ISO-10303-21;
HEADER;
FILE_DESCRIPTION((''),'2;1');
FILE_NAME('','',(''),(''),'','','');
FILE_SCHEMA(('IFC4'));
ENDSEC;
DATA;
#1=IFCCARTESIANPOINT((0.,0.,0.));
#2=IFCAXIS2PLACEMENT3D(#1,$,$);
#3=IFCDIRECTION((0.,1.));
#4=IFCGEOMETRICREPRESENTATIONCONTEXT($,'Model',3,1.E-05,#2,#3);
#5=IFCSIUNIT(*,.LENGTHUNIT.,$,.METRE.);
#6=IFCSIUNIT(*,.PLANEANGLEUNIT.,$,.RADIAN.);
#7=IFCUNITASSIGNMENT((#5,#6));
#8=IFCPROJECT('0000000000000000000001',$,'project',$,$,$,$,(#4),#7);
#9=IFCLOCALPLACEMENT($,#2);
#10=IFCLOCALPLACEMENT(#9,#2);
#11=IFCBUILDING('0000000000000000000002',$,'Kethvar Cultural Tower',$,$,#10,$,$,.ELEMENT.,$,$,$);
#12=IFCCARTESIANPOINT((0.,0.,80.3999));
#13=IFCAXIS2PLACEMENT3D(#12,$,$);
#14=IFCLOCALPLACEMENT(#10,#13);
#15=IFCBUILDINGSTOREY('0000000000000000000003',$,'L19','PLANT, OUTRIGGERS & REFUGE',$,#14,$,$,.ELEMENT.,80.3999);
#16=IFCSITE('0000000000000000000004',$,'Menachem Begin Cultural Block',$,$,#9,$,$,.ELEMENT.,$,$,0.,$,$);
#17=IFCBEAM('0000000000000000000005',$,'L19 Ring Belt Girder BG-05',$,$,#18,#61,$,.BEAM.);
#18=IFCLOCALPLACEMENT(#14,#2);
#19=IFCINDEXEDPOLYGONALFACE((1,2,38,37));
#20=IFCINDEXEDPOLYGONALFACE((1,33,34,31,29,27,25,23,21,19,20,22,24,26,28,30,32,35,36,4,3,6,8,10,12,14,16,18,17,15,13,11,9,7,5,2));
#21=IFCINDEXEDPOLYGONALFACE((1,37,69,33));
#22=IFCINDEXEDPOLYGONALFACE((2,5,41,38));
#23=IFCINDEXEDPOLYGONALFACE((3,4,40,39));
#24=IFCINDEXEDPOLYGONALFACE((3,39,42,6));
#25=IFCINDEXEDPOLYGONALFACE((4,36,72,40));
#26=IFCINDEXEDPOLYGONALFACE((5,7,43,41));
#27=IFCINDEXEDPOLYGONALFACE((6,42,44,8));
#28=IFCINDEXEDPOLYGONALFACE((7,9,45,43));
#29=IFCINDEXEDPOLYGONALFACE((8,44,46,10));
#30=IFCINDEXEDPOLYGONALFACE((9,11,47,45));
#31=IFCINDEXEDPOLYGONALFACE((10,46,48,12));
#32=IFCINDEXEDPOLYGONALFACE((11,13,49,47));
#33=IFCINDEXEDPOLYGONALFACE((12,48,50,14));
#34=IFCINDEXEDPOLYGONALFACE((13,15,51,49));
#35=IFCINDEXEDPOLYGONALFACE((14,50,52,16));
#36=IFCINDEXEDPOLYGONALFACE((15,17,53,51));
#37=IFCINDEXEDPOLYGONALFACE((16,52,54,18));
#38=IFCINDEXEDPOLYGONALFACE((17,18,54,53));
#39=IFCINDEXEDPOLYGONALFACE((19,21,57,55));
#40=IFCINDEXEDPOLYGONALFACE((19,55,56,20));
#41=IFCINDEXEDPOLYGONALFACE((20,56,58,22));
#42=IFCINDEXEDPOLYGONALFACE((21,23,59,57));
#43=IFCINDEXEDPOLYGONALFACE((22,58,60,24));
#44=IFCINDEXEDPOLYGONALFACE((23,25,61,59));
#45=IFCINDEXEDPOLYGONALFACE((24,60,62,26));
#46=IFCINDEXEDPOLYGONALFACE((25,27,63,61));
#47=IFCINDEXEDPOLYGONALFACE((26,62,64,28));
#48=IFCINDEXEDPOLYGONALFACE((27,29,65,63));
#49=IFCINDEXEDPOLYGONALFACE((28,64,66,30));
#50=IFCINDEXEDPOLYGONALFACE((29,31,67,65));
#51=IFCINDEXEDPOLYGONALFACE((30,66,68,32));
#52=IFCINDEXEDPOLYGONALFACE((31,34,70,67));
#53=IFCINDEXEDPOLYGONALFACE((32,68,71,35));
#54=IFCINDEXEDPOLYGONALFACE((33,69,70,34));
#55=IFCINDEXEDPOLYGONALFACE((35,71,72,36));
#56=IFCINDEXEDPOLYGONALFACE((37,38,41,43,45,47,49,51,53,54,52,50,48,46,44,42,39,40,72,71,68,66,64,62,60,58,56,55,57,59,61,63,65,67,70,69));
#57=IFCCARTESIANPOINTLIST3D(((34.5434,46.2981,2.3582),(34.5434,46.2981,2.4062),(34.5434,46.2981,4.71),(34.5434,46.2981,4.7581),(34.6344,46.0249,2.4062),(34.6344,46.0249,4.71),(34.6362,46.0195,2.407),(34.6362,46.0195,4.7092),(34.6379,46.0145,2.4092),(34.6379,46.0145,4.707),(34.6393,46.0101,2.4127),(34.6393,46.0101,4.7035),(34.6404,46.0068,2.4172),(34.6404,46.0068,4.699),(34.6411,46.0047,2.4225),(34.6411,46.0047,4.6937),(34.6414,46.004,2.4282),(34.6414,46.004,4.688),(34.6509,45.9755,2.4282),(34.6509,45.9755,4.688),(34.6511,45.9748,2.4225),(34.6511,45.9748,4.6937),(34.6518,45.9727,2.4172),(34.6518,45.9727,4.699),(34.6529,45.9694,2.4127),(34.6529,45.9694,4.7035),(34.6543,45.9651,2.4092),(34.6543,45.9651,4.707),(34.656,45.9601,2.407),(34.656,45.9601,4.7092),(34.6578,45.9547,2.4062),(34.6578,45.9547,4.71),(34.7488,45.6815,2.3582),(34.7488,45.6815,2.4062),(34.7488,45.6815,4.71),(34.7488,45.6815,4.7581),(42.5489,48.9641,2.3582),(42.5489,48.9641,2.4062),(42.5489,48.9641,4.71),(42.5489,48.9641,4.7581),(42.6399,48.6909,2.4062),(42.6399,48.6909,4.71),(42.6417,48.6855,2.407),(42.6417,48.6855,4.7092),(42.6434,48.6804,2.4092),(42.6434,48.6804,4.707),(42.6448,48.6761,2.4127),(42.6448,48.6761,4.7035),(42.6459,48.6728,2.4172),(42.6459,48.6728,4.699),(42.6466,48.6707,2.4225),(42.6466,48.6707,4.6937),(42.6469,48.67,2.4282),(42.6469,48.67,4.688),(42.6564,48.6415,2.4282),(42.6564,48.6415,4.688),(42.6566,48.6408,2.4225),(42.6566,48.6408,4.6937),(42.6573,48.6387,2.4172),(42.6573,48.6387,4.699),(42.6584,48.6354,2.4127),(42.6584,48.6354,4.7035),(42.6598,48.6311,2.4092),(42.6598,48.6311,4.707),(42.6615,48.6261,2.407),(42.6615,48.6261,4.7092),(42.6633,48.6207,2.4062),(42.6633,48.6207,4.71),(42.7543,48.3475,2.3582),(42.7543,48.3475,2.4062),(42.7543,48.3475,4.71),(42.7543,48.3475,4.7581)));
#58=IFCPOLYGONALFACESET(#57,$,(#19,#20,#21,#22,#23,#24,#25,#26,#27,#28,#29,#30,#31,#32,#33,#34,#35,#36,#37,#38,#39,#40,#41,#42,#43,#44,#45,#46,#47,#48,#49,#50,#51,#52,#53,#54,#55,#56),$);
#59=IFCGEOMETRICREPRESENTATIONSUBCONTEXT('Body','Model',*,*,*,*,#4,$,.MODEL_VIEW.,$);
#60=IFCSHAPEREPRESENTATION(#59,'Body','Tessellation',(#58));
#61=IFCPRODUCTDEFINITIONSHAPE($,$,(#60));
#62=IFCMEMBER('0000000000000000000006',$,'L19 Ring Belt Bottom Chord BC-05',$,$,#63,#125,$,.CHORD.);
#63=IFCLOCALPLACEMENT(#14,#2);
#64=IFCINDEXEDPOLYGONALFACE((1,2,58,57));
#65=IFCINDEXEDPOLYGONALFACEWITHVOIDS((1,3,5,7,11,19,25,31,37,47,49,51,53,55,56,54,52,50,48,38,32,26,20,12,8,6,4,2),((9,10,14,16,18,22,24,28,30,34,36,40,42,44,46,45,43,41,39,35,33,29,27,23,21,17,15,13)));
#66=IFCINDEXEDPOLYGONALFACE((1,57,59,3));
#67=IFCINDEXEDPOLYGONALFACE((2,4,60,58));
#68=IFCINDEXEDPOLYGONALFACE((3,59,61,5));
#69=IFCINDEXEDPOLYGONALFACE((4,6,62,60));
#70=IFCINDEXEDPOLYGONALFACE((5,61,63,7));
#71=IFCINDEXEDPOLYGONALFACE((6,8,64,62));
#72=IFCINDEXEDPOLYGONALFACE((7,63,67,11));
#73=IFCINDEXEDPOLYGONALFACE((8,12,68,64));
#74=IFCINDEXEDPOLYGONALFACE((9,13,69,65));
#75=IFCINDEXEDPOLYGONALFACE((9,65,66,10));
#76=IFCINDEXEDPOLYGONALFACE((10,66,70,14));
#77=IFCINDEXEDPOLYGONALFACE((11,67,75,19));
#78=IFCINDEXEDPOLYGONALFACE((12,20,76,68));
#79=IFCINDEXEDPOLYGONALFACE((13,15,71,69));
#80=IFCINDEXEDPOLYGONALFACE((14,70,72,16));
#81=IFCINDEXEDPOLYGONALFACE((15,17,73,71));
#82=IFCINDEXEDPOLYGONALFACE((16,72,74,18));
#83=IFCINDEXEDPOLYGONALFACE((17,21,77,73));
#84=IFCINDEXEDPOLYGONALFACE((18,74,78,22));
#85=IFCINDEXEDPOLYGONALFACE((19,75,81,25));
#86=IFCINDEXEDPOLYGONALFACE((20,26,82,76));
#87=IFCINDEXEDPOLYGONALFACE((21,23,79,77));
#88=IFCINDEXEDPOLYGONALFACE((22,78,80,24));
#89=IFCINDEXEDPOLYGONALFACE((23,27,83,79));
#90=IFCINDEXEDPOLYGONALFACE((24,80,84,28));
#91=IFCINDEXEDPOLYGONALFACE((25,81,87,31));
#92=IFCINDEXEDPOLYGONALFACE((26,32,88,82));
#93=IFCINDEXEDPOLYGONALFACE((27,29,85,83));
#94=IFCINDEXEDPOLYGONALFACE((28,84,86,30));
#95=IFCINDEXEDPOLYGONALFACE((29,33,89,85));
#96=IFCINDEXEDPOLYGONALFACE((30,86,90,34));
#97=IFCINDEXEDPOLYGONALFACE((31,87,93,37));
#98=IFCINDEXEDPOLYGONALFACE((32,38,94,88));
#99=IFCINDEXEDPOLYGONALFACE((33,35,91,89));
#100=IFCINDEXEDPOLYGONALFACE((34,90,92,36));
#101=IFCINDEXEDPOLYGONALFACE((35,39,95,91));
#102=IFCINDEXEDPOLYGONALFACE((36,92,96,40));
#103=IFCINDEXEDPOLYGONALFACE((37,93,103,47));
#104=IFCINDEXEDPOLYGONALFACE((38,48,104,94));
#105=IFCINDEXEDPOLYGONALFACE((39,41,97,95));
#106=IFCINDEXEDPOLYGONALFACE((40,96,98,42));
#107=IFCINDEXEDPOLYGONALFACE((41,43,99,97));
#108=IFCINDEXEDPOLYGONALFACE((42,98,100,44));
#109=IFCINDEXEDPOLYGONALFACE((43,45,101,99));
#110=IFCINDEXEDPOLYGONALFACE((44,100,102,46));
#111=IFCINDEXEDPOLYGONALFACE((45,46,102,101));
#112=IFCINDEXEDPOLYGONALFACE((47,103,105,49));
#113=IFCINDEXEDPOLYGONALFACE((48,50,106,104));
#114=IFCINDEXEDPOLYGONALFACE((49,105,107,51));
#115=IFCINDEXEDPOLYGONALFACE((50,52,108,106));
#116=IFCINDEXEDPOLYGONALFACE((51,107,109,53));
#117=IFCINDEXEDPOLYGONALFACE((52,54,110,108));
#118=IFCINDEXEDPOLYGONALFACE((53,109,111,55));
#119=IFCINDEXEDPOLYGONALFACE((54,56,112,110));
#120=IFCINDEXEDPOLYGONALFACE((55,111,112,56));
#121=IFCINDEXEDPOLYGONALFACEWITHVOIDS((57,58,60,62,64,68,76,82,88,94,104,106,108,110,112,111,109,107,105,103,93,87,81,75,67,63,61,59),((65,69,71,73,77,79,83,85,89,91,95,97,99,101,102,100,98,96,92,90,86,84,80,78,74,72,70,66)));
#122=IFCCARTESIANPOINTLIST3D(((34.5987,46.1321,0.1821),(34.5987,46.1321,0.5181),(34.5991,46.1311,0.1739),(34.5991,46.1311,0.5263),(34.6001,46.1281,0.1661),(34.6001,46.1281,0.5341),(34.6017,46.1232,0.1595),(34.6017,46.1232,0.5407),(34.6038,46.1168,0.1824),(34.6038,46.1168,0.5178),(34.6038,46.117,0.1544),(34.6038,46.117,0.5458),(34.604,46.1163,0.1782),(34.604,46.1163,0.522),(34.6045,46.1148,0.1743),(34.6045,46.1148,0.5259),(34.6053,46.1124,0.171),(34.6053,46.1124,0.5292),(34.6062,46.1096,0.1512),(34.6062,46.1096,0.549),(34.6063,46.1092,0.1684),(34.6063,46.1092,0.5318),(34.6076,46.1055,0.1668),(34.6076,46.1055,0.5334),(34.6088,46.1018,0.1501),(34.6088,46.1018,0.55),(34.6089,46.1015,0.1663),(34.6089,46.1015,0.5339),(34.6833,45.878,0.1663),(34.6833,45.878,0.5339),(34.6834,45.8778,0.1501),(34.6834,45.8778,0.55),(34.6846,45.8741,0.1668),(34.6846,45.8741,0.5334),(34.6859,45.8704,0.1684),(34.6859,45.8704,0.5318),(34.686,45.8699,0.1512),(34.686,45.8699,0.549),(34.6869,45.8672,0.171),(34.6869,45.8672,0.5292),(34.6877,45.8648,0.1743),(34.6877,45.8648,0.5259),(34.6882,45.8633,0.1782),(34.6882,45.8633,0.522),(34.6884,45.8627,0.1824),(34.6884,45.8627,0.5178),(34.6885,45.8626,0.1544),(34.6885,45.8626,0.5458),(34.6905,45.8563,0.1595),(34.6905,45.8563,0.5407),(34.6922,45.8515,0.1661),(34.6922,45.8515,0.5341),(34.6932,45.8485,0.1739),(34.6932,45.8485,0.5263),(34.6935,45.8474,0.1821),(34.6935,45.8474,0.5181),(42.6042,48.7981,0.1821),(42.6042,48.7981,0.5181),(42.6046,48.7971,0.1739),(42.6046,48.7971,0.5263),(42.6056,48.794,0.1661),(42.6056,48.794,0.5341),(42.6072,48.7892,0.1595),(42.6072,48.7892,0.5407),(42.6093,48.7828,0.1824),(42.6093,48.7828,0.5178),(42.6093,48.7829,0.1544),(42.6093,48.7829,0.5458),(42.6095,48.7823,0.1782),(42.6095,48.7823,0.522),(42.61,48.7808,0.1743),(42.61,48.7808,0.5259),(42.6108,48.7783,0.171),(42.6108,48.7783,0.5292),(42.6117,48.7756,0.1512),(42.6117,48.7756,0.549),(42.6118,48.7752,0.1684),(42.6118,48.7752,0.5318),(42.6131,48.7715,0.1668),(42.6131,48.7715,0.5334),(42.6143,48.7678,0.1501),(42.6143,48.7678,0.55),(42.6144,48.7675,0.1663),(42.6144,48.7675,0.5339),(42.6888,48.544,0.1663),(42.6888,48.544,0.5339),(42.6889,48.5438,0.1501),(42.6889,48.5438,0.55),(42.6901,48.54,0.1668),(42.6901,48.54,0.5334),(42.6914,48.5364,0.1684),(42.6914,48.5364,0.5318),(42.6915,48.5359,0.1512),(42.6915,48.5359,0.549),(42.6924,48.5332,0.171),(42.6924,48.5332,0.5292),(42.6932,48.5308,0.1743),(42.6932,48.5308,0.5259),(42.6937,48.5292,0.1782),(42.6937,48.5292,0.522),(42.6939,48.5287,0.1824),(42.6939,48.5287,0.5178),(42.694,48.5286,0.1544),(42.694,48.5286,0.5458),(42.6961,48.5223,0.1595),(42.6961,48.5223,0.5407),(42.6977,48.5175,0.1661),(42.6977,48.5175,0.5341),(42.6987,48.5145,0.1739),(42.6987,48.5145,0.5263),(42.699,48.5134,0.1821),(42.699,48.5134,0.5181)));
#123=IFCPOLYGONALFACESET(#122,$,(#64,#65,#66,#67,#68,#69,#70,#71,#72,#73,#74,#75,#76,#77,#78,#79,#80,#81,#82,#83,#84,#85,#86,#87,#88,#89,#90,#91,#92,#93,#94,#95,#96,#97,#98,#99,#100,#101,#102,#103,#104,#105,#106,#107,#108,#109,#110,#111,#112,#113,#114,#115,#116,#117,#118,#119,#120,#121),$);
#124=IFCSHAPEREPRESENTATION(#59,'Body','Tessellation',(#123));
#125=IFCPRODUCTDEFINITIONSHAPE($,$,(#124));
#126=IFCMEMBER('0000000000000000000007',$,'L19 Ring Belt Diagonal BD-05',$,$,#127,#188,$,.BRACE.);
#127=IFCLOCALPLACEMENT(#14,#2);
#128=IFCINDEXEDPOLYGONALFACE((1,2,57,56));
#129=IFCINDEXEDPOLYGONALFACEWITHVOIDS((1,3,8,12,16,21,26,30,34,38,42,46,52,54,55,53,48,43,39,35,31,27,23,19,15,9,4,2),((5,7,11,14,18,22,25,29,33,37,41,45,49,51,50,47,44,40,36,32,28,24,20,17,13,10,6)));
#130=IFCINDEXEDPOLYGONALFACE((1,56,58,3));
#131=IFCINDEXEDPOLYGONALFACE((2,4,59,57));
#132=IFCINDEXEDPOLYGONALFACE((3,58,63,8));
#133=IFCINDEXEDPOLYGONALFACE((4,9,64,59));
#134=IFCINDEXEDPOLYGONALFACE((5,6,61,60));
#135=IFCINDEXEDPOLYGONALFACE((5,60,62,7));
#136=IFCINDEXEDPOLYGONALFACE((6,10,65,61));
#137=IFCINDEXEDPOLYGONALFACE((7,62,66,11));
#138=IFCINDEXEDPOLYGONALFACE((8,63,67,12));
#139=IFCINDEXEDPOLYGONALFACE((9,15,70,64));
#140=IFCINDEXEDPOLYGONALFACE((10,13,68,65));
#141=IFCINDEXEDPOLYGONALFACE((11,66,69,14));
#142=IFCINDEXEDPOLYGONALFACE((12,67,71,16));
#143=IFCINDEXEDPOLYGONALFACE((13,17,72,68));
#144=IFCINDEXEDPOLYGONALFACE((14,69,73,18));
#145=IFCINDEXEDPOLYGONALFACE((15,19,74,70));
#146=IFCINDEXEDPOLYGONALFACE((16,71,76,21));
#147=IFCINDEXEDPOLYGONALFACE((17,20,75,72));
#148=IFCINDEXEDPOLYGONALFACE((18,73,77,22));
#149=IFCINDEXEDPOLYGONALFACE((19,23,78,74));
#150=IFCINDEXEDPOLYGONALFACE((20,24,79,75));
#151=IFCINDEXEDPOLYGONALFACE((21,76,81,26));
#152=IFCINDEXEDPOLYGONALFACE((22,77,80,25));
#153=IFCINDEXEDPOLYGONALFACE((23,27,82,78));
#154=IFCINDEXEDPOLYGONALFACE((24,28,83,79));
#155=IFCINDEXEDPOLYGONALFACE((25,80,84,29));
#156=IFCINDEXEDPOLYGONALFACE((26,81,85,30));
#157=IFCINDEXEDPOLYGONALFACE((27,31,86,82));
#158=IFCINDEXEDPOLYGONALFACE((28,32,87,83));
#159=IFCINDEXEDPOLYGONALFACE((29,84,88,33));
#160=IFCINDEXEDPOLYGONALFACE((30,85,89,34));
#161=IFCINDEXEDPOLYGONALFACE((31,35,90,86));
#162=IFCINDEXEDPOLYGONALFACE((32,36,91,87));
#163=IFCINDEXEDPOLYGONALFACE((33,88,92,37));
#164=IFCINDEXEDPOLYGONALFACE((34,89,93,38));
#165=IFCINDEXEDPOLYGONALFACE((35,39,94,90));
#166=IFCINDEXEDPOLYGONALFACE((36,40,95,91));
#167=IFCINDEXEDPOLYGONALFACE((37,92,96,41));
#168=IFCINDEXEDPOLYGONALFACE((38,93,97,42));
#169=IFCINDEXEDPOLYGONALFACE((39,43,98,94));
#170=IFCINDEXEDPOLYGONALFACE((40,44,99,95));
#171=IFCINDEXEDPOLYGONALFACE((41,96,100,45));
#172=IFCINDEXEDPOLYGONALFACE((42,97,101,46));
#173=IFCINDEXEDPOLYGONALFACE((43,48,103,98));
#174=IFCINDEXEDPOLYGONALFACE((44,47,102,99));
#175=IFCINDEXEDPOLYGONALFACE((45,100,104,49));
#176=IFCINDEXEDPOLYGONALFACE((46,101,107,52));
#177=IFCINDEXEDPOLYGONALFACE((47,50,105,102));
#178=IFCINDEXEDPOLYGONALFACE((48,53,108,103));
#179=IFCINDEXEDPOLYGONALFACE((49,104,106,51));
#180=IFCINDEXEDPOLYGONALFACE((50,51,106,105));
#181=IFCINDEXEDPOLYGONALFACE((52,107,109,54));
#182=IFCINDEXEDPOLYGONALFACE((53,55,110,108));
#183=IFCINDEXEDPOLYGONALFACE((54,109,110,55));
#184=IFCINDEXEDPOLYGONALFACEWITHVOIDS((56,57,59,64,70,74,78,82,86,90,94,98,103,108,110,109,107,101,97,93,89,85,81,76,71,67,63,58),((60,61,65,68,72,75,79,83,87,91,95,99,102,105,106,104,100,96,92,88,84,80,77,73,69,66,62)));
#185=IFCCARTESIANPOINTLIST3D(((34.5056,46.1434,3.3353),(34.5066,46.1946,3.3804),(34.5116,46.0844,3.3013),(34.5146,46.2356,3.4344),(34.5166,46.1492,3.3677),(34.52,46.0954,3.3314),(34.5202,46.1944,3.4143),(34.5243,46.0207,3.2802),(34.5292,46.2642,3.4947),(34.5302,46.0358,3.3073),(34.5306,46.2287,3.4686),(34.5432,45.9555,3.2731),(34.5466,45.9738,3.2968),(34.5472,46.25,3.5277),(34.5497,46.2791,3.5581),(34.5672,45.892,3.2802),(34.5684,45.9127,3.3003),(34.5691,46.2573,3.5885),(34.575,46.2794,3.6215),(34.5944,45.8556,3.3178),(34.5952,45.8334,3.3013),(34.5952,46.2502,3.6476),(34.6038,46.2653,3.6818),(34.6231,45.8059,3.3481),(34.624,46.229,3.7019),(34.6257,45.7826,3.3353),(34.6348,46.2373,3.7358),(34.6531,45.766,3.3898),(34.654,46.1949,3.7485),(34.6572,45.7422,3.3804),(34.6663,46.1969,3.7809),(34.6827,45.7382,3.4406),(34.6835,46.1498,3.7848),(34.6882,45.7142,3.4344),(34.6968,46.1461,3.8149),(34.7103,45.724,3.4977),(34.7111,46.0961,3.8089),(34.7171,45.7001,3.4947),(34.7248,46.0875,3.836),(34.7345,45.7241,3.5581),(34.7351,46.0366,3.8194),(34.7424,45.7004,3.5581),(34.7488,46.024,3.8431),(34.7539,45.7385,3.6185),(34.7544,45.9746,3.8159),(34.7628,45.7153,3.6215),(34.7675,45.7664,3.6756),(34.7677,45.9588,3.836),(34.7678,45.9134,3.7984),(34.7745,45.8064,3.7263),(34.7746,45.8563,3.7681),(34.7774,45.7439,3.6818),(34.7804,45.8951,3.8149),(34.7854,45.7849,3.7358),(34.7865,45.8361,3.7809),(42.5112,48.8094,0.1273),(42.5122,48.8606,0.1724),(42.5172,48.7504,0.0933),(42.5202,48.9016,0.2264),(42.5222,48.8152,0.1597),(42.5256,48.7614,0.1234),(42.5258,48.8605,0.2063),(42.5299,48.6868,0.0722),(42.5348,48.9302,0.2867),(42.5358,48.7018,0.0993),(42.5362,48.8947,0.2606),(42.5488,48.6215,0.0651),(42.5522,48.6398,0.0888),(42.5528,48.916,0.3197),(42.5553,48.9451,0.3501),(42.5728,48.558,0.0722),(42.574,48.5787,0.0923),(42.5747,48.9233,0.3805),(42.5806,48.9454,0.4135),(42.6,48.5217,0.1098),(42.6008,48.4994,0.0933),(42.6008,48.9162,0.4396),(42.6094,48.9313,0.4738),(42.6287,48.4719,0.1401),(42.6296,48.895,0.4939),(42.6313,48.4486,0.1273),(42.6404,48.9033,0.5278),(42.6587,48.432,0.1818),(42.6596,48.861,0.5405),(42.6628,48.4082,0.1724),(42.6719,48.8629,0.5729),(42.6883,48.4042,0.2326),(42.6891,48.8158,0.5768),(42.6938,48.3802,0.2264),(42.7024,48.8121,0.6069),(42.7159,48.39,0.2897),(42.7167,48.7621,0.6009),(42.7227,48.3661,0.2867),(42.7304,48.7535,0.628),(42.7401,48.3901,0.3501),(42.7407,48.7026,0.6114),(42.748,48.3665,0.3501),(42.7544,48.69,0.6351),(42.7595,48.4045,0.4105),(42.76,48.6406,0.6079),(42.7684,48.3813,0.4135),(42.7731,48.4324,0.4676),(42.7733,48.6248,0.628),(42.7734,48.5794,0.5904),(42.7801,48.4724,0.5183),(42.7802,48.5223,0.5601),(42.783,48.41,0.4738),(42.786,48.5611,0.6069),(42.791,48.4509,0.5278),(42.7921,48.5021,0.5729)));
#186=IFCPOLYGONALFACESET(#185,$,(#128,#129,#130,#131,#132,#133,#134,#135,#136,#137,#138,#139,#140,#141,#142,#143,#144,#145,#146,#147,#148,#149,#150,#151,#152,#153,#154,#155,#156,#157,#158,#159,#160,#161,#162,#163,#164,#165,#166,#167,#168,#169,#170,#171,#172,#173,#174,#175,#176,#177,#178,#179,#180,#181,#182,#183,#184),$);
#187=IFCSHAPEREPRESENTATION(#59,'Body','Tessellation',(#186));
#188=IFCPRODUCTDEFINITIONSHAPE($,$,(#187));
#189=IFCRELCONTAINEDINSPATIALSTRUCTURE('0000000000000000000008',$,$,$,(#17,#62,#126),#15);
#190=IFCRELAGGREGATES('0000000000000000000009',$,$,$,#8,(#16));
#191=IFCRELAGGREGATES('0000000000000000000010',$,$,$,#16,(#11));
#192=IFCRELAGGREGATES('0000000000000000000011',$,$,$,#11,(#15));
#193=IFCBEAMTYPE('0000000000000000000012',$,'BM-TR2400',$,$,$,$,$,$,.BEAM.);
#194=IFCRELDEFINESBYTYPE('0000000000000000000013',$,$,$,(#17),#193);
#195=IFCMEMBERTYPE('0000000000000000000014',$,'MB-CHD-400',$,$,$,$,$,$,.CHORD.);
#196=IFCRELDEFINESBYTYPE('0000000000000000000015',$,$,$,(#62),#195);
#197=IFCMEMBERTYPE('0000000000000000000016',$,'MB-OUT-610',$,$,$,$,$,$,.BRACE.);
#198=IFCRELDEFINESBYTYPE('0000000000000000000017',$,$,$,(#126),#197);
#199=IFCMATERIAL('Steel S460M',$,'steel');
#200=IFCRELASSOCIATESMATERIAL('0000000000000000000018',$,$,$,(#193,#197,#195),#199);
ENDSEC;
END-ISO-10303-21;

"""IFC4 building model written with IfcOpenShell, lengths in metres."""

from ifc_helpers import new_model, si_unit, direction, frame, origin, origin_2d, place, context, subcontext, project, spatial, hollow_rectangle, hollow_circle, i_section, extrude, source, transform, mapped, material, material_profile, profile_set, type_object, element, save


model = new_model("IFC4")

# Units and contexts
model_context = context("Model", 3, precision=1e-05, world=origin(), true_north=direction((0.0, 1.0)))
body_context = subcontext(model_context, "Body", "Model", "MODEL_VIEW")
ifc_project = project(units=[si_unit("LENGTHUNIT", "METRE"), si_unit("PLANEANGLEUNIT", "RADIAN")], contexts=[model_context])

# Site, building, storey
site_placement = place(None, origin())
site = spatial("IfcSite", under=ifc_project, at=site_placement, Name="Menachem Begin Cultural Block", CompositionType="ELEMENT", RefElevation=0.0)
building_placement = place(site_placement, origin())
building = spatial("IfcBuilding", under=site, at=building_placement, Name="Kethvar Cultural Tower", CompositionType="ELEMENT")
storey_placement = place(building_placement, frame((0.0, 0.0, 80.3999)))
storey = spatial("IfcBuildingStorey", under=building, at=storey_placement, Name="L19", Description="PLANT, OUTRIGGERS & REFUGE", CompositionType="ELEMENT", Elevation=80.3999)

# Shared definitions
ifc_material_1 = material(Name="Steel S460M", Category="steel")

# Shared definitions
ifc_material_profile_1 = material_profile(ifc_material_1, i_section(OverallWidth=0.6499, OverallDepth=2.3999, WebThickness=0.03, FlangeThickness=0.0481, FilletRadius=0.022, at=origin_2d()), Name="Steel S460M — PG2400x650x48x30")
ifc_profile_set_1 = profile_set([ifc_material_profile_1], Name="Steel S460M — PG2400x650x48x30")
beam_type = type_object("IfcBeamType", Name="BM-TR2400", PredefinedType="BEAM", material=ifc_profile_set_1)

# Shared definitions
ifc_material_profile_2 = material_profile(ifc_material_1, hollow_circle(Radius=0.3049, WallThickness=0.0249, at=origin_2d()), Name="Steel S460M — CHS610x25")
ifc_profile_set_2 = profile_set([ifc_material_profile_2], Name="Steel S460M — CHS610x25")
member_type_1 = type_object("IfcMemberType", Name="MB-OUT-610", PredefinedType="BRACE", material=ifc_profile_set_2)

# Beam
shared_shape_1 = source(origin(), body_context, "Body", "SweptSolid", [
    extrude(i_section(OverallWidth=0.6499, OverallDepth=2.3999, WebThickness=0.03, FlangeThickness=0.0481, FilletRadius=0.022, at=origin_2d()), origin(), (0.0, 0.0, 1.0), 8.4377),
])
beam_1_placement = place(storey_placement, frame((42.6516, 48.6558, 3.5581), z_axis=(-0.948773, -0.315959, 0.0), x_axis=(0.315959, -0.948773, 0.0)))
element("IfcBeam", 1, at=beam_1_placement, inside=storey, type_object=beam_type, Name="L19 Ring Belt Girder BG-05", PredefinedType="BEAM", context=body_context, shape_type="MappedRepresentation", body=[
    mapped(shared_shape_1, transform((0.0, 0.0, 0.0), scale=1.0)),
])

# Members
ifc_material_profile_3 = material_profile(ifc_material_1, hollow_rectangle(XDim=0.3, YDim=0.3999, WallThickness=0.0161, InnerFilletRadius=0.0161, OuterFilletRadius=0.032, at=origin_2d()), Name="Steel S460M — RHS400x300x16")
ifc_profile_set_3 = profile_set([ifc_material_profile_3], Name="Steel S460M — RHS400x300x16")
member_type_2 = type_object("IfcMemberType", Name="MB-CHD-400", PredefinedType="CHORD", material=ifc_profile_set_3)
shared_shape_2 = source(origin(), body_context, "Body", "SweptSolid", [
    extrude(hollow_rectangle(XDim=0.3, YDim=0.3999, WallThickness=0.0161, InnerFilletRadius=0.0161, OuterFilletRadius=0.032, at=origin_2d()), origin(), (0.0, 0.0, 1.0), 8.4377),
])
member_1_placement = place(storey_placement, frame((42.6516, 48.6558, 0.3501), z_axis=(-0.948773, -0.315959, 0.0), x_axis=(0.315959, -0.948773, 0.0)))
element("IfcMember", 2, at=member_1_placement, inside=storey, type_object=member_type_2, Name="L19 Ring Belt Bottom Chord BC-05", PredefinedType="CHORD", context=body_context, shape_type="MappedRepresentation", body=[
    mapped(shared_shape_2, transform((0.0, 0.0, 0.0), scale=1.0)),
])
shared_shape_3 = source(origin(), body_context, "Body", "SweptSolid", [
    extrude(hollow_circle(Radius=0.3049, WallThickness=0.0249, at=origin_2d()), origin(), (0.0, 0.0, 1.0), 9.0271),
])
member_2_placement = place(storey_placement, frame((42.6516, 48.6558, 0.3501), z_axis=(-0.886841, -0.295334, 0.355375), x_axis=(0.315959, -0.948773, 0.0)))
element("IfcMember", 3, at=member_2_placement, inside=storey, type_object=member_type_1, Name="L19 Ring Belt Diagonal BD-05", PredefinedType="BRACE", context=body_context, shape_type="MappedRepresentation", body=[
    mapped(shared_shape_3, transform((0.0, 0.0, 0.0), scale=1.0)),
])

save(model, "model.ifc")
